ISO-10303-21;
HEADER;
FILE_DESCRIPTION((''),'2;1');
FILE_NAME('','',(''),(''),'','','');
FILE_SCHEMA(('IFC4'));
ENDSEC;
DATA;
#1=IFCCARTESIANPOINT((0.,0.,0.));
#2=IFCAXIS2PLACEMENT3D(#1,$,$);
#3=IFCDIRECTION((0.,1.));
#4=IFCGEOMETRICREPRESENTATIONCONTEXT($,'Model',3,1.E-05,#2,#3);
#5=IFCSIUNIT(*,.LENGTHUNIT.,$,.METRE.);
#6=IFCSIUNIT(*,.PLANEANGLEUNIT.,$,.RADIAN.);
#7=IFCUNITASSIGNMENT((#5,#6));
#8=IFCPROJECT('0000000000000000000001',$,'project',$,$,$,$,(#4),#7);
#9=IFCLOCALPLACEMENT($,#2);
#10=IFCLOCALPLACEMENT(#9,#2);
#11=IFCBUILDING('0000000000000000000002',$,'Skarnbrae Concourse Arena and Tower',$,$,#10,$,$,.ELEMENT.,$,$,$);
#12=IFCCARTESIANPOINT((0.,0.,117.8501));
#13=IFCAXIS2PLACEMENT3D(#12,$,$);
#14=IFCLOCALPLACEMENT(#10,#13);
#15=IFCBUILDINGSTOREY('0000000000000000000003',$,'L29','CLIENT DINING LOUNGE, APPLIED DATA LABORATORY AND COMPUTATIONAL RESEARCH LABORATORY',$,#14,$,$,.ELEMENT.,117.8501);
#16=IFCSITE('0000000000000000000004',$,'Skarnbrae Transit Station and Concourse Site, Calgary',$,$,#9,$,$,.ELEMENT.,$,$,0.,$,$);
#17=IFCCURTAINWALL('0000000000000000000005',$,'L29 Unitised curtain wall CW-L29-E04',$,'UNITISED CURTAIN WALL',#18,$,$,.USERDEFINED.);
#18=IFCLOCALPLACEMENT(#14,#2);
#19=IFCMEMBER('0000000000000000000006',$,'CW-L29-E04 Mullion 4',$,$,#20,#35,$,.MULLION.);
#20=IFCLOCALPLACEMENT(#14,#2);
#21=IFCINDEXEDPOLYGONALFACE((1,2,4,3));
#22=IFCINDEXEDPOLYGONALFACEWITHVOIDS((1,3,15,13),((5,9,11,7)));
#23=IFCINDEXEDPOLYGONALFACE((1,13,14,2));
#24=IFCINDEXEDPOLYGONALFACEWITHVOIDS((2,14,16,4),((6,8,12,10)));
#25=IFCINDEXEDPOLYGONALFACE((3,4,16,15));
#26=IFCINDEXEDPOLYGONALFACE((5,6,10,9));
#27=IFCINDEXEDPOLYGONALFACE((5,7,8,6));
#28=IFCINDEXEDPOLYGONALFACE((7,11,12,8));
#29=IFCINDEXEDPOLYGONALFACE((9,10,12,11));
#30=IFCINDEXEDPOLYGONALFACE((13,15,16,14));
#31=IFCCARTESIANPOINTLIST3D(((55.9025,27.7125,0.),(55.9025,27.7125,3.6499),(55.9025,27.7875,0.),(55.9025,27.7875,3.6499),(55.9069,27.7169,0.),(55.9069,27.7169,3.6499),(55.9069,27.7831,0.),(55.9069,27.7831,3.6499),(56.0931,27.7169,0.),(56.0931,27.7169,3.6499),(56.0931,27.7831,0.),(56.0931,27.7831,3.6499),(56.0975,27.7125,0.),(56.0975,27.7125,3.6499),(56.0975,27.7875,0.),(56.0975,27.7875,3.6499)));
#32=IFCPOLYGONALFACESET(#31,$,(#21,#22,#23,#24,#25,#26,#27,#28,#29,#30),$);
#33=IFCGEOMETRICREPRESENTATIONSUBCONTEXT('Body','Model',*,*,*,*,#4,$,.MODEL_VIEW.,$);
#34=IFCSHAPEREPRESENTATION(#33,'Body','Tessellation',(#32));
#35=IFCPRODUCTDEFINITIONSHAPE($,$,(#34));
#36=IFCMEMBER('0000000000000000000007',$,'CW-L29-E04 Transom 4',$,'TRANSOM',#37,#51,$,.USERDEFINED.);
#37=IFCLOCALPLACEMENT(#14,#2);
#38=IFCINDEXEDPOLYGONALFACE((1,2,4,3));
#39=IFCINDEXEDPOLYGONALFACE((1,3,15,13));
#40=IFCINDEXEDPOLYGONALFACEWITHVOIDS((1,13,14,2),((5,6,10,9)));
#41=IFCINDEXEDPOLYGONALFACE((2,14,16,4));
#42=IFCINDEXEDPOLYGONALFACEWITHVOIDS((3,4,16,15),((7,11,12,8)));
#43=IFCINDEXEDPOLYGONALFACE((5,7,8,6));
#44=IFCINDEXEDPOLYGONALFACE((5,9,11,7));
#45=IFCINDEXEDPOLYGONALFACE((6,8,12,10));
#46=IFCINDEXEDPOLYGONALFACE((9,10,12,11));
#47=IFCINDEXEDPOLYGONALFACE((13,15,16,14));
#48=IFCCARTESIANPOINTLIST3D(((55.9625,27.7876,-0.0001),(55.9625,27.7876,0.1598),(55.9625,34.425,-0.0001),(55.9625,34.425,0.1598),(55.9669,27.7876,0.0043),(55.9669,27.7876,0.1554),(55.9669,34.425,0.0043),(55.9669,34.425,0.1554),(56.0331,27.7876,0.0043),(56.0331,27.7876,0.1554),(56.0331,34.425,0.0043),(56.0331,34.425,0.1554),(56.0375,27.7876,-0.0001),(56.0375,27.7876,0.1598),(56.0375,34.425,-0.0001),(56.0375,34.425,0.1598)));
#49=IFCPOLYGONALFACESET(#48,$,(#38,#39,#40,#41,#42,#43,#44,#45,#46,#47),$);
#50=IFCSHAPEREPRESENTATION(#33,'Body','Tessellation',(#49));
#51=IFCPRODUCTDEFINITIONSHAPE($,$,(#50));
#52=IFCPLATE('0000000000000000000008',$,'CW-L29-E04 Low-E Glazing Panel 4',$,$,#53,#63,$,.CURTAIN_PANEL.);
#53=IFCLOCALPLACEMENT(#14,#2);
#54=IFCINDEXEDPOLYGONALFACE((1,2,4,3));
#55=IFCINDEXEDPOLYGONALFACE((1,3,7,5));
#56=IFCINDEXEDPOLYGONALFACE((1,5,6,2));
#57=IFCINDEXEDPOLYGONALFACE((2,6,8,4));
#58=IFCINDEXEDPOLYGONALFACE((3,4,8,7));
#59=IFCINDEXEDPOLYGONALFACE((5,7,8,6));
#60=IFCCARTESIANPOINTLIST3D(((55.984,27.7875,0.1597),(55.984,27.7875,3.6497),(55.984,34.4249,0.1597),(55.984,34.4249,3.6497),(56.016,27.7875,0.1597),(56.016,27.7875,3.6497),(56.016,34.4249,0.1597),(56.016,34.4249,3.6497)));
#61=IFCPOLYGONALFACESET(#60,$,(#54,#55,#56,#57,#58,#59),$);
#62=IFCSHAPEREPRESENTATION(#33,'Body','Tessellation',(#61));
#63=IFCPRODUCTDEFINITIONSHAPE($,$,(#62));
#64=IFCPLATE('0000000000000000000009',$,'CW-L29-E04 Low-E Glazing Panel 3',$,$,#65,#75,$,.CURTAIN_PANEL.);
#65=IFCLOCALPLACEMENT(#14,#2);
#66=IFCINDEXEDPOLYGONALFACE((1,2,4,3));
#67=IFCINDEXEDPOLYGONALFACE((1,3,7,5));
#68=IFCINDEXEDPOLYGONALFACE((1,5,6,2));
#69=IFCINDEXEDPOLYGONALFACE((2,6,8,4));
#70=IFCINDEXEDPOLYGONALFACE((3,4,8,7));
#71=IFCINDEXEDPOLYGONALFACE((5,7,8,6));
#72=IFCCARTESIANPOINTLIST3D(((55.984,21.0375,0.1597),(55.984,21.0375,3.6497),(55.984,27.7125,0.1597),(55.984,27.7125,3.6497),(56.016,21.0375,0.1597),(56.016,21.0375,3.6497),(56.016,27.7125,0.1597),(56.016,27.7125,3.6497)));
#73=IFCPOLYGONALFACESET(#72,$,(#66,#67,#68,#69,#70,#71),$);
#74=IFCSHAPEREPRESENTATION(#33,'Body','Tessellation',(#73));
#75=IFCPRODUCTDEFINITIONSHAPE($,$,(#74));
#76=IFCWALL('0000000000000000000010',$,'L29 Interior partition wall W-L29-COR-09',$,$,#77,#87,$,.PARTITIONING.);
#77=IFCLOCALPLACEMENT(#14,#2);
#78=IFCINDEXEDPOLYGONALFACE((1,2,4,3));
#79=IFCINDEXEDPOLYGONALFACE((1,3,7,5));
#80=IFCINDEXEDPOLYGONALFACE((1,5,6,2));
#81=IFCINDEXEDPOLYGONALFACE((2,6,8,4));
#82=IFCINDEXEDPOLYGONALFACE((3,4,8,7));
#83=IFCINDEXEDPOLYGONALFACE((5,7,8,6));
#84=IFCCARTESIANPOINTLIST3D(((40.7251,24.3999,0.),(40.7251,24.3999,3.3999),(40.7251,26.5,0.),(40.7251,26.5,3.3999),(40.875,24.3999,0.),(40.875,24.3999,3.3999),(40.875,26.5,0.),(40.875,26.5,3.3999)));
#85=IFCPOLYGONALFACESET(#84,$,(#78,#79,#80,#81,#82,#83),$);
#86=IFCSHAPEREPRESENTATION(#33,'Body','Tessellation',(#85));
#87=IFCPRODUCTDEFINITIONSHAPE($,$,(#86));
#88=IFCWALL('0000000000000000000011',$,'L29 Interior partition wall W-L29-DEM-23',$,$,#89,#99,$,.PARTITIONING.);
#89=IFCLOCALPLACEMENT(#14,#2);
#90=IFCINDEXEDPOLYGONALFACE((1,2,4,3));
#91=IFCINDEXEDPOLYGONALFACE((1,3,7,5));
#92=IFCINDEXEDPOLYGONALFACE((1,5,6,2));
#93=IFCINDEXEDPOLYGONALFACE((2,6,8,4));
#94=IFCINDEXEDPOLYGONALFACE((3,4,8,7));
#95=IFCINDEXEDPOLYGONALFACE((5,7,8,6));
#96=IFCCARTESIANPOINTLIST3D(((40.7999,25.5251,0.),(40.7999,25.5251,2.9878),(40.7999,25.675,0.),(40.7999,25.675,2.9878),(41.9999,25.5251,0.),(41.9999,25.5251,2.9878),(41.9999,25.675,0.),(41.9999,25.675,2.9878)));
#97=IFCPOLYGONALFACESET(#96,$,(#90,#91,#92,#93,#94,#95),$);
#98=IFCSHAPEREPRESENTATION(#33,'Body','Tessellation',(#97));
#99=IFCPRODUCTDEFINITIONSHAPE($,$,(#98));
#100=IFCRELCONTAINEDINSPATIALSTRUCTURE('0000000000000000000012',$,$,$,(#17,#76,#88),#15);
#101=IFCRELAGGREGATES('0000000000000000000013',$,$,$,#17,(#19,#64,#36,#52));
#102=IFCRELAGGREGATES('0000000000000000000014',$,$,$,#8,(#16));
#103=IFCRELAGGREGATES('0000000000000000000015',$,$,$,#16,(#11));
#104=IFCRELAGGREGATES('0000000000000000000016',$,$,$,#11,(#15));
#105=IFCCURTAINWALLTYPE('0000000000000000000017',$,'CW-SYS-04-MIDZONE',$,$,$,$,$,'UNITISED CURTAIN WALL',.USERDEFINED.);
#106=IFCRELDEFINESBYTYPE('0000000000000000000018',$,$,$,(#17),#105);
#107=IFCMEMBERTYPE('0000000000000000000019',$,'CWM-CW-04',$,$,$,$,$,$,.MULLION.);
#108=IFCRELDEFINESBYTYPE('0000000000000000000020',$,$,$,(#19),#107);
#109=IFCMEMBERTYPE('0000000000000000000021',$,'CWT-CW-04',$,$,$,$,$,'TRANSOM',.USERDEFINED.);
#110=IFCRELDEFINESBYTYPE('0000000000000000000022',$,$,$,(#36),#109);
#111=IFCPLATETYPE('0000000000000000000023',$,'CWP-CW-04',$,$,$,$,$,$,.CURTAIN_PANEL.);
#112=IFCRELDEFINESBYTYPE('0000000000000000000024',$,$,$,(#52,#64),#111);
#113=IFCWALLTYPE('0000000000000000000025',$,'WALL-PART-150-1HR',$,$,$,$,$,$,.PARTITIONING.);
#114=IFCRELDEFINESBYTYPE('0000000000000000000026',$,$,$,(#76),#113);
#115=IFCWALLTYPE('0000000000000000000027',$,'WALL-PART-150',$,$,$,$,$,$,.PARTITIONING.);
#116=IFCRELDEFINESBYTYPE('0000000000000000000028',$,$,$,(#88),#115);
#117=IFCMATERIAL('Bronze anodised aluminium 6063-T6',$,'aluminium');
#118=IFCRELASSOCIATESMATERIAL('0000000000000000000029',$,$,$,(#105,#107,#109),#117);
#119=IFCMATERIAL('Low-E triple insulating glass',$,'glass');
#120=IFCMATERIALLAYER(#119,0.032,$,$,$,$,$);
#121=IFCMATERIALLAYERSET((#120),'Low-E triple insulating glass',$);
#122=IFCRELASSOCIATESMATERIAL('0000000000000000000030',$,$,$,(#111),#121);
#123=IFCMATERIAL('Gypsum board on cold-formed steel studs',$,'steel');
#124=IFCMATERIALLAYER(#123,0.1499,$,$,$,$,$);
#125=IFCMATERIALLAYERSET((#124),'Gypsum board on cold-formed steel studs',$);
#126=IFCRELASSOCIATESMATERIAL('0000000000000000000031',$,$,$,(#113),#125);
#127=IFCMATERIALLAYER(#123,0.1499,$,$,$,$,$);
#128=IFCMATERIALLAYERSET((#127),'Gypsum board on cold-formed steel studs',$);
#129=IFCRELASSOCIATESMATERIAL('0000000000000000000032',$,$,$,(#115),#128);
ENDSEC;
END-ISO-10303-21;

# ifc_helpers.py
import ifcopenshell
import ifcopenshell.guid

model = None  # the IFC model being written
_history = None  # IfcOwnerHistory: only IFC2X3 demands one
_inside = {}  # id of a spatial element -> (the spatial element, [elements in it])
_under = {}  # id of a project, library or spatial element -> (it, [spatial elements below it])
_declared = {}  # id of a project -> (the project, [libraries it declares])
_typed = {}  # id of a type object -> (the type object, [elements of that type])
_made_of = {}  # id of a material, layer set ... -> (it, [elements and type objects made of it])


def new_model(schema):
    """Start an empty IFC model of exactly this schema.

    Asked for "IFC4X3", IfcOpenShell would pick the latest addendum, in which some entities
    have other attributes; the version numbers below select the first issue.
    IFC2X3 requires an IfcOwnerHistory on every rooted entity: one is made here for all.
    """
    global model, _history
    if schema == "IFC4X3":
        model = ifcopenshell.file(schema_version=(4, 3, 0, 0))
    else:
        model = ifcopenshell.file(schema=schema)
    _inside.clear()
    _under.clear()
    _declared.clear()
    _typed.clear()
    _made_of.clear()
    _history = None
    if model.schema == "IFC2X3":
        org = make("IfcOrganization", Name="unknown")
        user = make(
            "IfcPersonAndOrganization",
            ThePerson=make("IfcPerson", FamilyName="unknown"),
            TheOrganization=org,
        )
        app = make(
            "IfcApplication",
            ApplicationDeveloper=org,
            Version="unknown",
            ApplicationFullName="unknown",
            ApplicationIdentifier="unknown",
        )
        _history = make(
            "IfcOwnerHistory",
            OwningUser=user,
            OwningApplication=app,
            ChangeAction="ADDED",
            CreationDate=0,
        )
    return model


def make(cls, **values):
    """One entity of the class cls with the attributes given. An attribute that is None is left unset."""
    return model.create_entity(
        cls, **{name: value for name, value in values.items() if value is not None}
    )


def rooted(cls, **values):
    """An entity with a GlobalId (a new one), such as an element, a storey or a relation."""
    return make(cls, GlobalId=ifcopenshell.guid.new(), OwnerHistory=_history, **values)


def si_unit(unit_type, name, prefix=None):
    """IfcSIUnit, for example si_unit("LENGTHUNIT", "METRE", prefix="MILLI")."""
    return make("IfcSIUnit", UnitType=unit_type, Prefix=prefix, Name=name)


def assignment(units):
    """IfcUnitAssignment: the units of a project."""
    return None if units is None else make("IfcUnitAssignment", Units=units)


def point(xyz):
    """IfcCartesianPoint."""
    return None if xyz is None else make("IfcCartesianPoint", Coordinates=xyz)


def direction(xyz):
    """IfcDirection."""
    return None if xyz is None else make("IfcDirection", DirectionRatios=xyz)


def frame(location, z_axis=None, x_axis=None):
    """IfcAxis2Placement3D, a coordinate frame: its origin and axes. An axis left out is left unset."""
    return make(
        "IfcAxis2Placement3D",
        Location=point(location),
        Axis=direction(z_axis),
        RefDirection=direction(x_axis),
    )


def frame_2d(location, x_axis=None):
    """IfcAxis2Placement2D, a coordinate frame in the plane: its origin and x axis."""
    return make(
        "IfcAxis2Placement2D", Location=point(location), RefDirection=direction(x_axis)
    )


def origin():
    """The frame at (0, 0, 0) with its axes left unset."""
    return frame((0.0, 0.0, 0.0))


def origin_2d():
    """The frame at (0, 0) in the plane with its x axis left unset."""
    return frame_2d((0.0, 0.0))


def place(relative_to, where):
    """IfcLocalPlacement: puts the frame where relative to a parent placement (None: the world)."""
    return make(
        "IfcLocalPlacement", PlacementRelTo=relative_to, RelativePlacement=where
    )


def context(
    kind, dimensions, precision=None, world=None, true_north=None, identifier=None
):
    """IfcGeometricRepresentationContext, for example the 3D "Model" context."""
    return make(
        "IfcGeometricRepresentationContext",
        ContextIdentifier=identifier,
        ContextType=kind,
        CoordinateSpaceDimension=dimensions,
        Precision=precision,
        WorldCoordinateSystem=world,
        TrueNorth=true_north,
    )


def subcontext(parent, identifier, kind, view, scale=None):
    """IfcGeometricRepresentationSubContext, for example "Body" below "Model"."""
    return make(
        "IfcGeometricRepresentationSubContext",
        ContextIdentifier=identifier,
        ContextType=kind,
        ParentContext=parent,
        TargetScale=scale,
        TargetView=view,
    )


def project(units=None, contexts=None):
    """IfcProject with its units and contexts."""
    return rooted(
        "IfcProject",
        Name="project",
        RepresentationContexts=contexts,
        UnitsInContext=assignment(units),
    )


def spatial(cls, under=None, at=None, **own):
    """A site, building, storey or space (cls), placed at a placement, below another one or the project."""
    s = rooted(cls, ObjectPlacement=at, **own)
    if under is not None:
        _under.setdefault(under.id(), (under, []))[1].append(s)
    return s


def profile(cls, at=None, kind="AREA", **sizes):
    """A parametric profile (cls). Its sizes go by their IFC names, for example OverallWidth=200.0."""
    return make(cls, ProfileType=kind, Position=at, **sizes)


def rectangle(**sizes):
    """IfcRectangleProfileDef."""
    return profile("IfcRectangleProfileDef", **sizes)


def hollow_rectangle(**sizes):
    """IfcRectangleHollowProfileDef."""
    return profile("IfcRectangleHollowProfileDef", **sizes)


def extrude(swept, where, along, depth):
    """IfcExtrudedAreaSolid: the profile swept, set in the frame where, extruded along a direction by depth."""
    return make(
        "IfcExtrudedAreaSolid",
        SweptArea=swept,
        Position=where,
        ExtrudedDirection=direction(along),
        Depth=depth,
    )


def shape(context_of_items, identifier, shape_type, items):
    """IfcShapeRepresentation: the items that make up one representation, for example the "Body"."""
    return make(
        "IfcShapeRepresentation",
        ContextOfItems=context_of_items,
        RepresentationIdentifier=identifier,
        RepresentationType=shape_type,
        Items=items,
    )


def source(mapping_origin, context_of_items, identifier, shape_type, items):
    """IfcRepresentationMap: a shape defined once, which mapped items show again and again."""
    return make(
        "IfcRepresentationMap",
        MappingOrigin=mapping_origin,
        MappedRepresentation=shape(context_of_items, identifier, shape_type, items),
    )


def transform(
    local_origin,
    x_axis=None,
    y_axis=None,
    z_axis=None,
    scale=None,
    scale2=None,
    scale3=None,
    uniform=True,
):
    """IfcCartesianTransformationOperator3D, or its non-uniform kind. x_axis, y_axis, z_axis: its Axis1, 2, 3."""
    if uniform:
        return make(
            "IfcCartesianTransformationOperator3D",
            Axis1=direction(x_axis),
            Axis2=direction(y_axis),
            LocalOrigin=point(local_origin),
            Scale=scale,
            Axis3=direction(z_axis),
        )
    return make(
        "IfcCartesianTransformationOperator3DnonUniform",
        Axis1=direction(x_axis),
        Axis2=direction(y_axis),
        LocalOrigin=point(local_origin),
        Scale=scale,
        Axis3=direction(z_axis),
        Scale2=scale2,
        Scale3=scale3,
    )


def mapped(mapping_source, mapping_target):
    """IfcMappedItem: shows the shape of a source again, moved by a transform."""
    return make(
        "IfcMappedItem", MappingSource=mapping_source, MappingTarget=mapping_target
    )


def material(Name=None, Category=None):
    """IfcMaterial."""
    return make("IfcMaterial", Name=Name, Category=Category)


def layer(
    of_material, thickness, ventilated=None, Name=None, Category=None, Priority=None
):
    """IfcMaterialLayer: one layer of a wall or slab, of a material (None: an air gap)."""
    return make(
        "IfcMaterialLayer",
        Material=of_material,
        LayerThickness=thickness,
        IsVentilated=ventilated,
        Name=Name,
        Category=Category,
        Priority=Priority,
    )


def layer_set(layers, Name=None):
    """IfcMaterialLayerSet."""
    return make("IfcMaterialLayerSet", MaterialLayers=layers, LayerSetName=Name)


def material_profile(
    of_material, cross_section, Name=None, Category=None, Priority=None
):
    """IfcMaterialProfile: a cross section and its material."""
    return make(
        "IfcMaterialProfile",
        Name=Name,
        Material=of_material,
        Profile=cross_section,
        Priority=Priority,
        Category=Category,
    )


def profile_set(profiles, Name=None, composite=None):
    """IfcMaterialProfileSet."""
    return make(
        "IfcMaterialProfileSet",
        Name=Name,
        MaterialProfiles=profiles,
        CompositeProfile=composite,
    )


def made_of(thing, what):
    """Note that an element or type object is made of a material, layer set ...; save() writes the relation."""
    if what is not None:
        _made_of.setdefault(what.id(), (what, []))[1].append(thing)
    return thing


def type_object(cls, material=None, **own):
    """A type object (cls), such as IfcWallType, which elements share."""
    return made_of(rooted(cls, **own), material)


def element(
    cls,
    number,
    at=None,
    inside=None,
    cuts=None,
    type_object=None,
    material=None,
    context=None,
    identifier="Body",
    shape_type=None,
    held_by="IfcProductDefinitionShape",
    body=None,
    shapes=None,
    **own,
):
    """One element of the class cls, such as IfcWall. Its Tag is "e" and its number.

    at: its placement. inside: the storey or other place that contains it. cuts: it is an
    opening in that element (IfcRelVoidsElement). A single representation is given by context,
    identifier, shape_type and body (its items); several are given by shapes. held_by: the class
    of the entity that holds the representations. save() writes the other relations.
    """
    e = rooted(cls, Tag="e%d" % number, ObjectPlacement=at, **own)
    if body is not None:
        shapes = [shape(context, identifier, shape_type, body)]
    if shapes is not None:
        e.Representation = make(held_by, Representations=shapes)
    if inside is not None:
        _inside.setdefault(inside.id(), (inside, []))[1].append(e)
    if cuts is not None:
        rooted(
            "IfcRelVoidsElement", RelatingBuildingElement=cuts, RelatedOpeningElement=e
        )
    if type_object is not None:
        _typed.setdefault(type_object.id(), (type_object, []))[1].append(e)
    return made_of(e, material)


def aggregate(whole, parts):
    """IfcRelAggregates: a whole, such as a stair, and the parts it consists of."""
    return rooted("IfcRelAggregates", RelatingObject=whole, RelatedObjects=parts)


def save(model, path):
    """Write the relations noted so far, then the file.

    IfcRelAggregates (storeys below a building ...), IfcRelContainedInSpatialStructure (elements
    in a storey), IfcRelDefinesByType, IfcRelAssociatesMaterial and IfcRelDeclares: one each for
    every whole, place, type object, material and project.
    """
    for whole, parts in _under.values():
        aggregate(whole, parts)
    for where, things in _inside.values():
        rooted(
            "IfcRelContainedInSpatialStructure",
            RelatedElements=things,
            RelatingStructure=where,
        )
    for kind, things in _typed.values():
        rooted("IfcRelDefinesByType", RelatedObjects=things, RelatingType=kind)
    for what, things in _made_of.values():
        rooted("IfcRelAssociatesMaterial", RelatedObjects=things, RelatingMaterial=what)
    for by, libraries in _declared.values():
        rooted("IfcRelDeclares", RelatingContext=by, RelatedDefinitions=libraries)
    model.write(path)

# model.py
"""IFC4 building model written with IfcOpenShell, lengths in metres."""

from ifc_helpers import new_model, si_unit, direction, frame, frame_2d, origin, origin_2d, place, context, subcontext, project, spatial, rectangle, hollow_rectangle, extrude, source, transform, mapped, material, layer, layer_set, material_profile, profile_set, type_object, element, aggregate, save


model = new_model("IFC4")

# Units and contexts
model_context = context("Model", 3, precision=1e-05, world=origin(), true_north=direction((0.0, 1.0)))
body_context = subcontext(model_context, "Body", "Model", "MODEL_VIEW")
ifc_project = project(units=[si_unit("LENGTHUNIT", "METRE"), si_unit("PLANEANGLEUNIT", "RADIAN")], contexts=[model_context])

# Site, building, storey
site_placement = place(None, origin())
site = spatial("IfcSite", under=ifc_project, at=site_placement, Name="Skarnbrae Transit Station and Concourse Site, Calgary", CompositionType="ELEMENT", RefElevation=0.0)
building_placement = place(site_placement, origin())
building = spatial("IfcBuilding", under=site, at=building_placement, Name="Skarnbrae Concourse Arena and Tower", CompositionType="ELEMENT")
storey_placement = place(building_placement, frame((0.0, 0.0, 117.8501)))
storey = spatial("IfcBuildingStorey", under=building, at=storey_placement, Name="L29", Description="CLIENT DINING LOUNGE, APPLIED DATA LABORATORY AND COMPUTATIONAL RESEARCH LABORATORY", CompositionType="ELEMENT", Elevation=117.8501)

# Curtain wall, members, plates
ifc_material_1 = material(Name="Bronze anodised aluminium 6063-T6", Category="aluminium")
curtain_wall_type = type_object("IfcCurtainWallType", Name="CW-SYS-04-MIDZONE", ElementType="UNITISED CURTAIN WALL", PredefinedType="USERDEFINED", material=ifc_material_1)
curtain_wall_placement = place(storey_placement, origin())
curtain_wall = element("IfcCurtainWall", 1, at=curtain_wall_placement, inside=storey, type_object=curtain_wall_type, Name="L29 Unitised curtain wall CW-L29-E04", ObjectType="UNITISED CURTAIN WALL", PredefinedType="USERDEFINED")
ifc_material_profile_1 = material_profile(ifc_material_1, hollow_rectangle(XDim=0.075, YDim=0.1951, WallThickness=0.0044, at=origin_2d()), Name="ALU-MULL-75X195")
ifc_profile_set_1 = profile_set([ifc_material_profile_1], Name="Bronze anodised aluminium 6063-T6")
member_type_1 = type_object("IfcMemberType", Name="CWM-CW-04", PredefinedType="MULLION", material=ifc_profile_set_1)
shared_shape_1 = source(origin(), body_context, "Body", "SweptSolid", [
    extrude(hollow_rectangle(XDim=0.075, YDim=0.1951, WallThickness=0.0044, at=origin_2d()), origin(), (0.0, 0.0, 1.0), 3.6499),
])
member_1_placement = place(storey_placement, frame((56.0, 27.75, 0.0), z_axis=(0.0, 0.0, 1.0), x_axis=(0.0, 1.0, 0.0)))
member_1 = element("IfcMember", 2, at=member_1_placement, type_object=member_type_1, Name="CW-L29-E04 Mullion 4", PredefinedType="MULLION", context=body_context, shape_type="MappedRepresentation", body=[
    mapped(shared_shape_1, transform((0.0, 0.0, 0.0))),
])
ifc_material_profile_2 = material_profile(ifc_material_1, hollow_rectangle(XDim=0.075, YDim=0.1599, WallThickness=0.0044, at=origin_2d()), Name="ALU-TRAN-75X160")
ifc_profile_set_2 = profile_set([ifc_material_profile_2], Name="Bronze anodised aluminium 6063-T6")
member_type_2 = type_object("IfcMemberType", Name="CWT-CW-04", ElementType="TRANSOM", PredefinedType="USERDEFINED", material=ifc_profile_set_2)
shared_shape_2 = source(origin(), body_context, "Body", "SweptSolid", [
    extrude(hollow_rectangle(XDim=0.075, YDim=0.1599, WallThickness=0.0044, at=origin_2d()), origin(), (0.0, 0.0, 1.0), 6.6375),
])
member_2_placement = place(storey_placement, frame((56.0, 27.7876, 0.0798), z_axis=(0.0, 1.0, 0.0), x_axis=(-1.0, 0.0, 0.0)))
member_2 = element("IfcMember", 3, at=member_2_placement, type_object=member_type_2, Name="CW-L29-E04 Transom 4", ObjectType="TRANSOM", PredefinedType="USERDEFINED", context=body_context, shape_type="MappedRepresentation", body=[
    mapped(shared_shape_2, transform((0.0, 0.0, 0.0))),
])
ifc_material_2 = material(Name="Low-E triple insulating glass", Category="glass")
ifc_layer_1 = layer(ifc_material_2, 0.032)
ifc_layer_set_1 = layer_set([ifc_layer_1], Name="Low-E triple insulating glass")
plate_type = type_object("IfcPlateType", Name="CWP-CW-04", PredefinedType="CURTAIN_PANEL", material=ifc_layer_set_1)
shared_shape_3 = source(origin(), body_context, "Body", "SweptSolid", [
    extrude(rectangle(XDim=6.6375, YDim=0.032, at=origin_2d()), origin(), (0.0, 0.0, 1.0), 3.49),
])
plate_1_placement = place(storey_placement, frame((56.0, 31.1062, 0.1597), z_axis=(0.0, 0.0, 1.0), x_axis=(0.0, 1.0, 0.0)))
plate_1 = element("IfcPlate", 4, at=plate_1_placement, type_object=plate_type, Name="CW-L29-E04 Low-E Glazing Panel 4", PredefinedType="CURTAIN_PANEL", context=body_context, shape_type="MappedRepresentation", body=[
    mapped(shared_shape_3, transform((0.0, 0.0, 0.0))),
])
shared_shape_4 = source(origin(), body_context, "Body", "SweptSolid", [
    extrude(rectangle(XDim=6.675, YDim=0.032, at=origin_2d()), origin(), (0.0, 0.0, 1.0), 3.49),
])
plate_2_placement = place(storey_placement, frame((56.0, 24.375, 0.1597), z_axis=(0.0, 0.0, 1.0), x_axis=(0.0, 1.0, 0.0)))
plate_2 = element("IfcPlate", 5, at=plate_2_placement, type_object=plate_type, Name="CW-L29-E04 Low-E Glazing Panel 3", PredefinedType="CURTAIN_PANEL", context=body_context, shape_type="MappedRepresentation", body=[
    mapped(shared_shape_4, transform((0.0, 0.0, 0.0))),
])
aggregate(curtain_wall, [member_1, plate_2, member_2, plate_1])

# Walls
ifc_material_3 = material(Name="Gypsum board on cold-formed steel studs", Category="steel")
ifc_layer_2 = layer(ifc_material_3, 0.1499)
ifc_layer_set_2 = layer_set([ifc_layer_2], Name="Gypsum board on cold-formed steel studs")
wall_type_1 = type_object("IfcWallType", Name="WALL-PART-150-1HR", PredefinedType="PARTITIONING", material=ifc_layer_set_2)
shared_shape_5 = source(origin(), body_context, "Body", "SweptSolid", [
    extrude(rectangle(XDim=2.1001, YDim=0.1499, at=frame_2d((1.05, 0.0))), origin(), (0.0, 0.0, 1.0), 3.3999),
])
wall_1_placement = place(storey_placement, frame((40.8, 26.5, 0.0), z_axis=(0.0, 0.0, 1.0), x_axis=(0.0, -1.0, 0.0)))
element("IfcWall", 6, at=wall_1_placement, inside=storey, type_object=wall_type_1, Name="L29 Interior partition wall W-L29-COR-09", PredefinedType="PARTITIONING", context=body_context, shape_type="MappedRepresentation", body=[
    mapped(shared_shape_5, transform((0.0, 0.0, 0.0))),
])
ifc_layer_3 = layer(ifc_material_3, 0.1499)
ifc_layer_set_3 = layer_set([ifc_layer_3], Name="Gypsum board on cold-formed steel studs")
wall_type_2 = type_object("IfcWallType", Name="WALL-PART-150", PredefinedType="PARTITIONING", material=ifc_layer_set_3)
shared_shape_6 = source(origin(), body_context, "Body", "SweptSolid", [
    extrude(rectangle(XDim=1.2, YDim=0.1499, at=frame_2d((0.6001, 0.0))), origin(), (0.0, 0.0, 1.0), 2.9878),
])
wall_2_placement = place(storey_placement, frame((42.0, 25.6001, 0.0), z_axis=(0.0, 0.0, 1.0), x_axis=(-1.0, 0.0, 0.0)))
element("IfcWall", 7, at=wall_2_placement, inside=storey, type_object=wall_type_2, Name="L29 Interior partition wall W-L29-DEM-23", PredefinedType="PARTITIONING", context=body_context, shape_type="MappedRepresentation", body=[
    mapped(shared_shape_6, transform((0.0, 0.0, 0.0))),
])

save(model, "model.ifc")
